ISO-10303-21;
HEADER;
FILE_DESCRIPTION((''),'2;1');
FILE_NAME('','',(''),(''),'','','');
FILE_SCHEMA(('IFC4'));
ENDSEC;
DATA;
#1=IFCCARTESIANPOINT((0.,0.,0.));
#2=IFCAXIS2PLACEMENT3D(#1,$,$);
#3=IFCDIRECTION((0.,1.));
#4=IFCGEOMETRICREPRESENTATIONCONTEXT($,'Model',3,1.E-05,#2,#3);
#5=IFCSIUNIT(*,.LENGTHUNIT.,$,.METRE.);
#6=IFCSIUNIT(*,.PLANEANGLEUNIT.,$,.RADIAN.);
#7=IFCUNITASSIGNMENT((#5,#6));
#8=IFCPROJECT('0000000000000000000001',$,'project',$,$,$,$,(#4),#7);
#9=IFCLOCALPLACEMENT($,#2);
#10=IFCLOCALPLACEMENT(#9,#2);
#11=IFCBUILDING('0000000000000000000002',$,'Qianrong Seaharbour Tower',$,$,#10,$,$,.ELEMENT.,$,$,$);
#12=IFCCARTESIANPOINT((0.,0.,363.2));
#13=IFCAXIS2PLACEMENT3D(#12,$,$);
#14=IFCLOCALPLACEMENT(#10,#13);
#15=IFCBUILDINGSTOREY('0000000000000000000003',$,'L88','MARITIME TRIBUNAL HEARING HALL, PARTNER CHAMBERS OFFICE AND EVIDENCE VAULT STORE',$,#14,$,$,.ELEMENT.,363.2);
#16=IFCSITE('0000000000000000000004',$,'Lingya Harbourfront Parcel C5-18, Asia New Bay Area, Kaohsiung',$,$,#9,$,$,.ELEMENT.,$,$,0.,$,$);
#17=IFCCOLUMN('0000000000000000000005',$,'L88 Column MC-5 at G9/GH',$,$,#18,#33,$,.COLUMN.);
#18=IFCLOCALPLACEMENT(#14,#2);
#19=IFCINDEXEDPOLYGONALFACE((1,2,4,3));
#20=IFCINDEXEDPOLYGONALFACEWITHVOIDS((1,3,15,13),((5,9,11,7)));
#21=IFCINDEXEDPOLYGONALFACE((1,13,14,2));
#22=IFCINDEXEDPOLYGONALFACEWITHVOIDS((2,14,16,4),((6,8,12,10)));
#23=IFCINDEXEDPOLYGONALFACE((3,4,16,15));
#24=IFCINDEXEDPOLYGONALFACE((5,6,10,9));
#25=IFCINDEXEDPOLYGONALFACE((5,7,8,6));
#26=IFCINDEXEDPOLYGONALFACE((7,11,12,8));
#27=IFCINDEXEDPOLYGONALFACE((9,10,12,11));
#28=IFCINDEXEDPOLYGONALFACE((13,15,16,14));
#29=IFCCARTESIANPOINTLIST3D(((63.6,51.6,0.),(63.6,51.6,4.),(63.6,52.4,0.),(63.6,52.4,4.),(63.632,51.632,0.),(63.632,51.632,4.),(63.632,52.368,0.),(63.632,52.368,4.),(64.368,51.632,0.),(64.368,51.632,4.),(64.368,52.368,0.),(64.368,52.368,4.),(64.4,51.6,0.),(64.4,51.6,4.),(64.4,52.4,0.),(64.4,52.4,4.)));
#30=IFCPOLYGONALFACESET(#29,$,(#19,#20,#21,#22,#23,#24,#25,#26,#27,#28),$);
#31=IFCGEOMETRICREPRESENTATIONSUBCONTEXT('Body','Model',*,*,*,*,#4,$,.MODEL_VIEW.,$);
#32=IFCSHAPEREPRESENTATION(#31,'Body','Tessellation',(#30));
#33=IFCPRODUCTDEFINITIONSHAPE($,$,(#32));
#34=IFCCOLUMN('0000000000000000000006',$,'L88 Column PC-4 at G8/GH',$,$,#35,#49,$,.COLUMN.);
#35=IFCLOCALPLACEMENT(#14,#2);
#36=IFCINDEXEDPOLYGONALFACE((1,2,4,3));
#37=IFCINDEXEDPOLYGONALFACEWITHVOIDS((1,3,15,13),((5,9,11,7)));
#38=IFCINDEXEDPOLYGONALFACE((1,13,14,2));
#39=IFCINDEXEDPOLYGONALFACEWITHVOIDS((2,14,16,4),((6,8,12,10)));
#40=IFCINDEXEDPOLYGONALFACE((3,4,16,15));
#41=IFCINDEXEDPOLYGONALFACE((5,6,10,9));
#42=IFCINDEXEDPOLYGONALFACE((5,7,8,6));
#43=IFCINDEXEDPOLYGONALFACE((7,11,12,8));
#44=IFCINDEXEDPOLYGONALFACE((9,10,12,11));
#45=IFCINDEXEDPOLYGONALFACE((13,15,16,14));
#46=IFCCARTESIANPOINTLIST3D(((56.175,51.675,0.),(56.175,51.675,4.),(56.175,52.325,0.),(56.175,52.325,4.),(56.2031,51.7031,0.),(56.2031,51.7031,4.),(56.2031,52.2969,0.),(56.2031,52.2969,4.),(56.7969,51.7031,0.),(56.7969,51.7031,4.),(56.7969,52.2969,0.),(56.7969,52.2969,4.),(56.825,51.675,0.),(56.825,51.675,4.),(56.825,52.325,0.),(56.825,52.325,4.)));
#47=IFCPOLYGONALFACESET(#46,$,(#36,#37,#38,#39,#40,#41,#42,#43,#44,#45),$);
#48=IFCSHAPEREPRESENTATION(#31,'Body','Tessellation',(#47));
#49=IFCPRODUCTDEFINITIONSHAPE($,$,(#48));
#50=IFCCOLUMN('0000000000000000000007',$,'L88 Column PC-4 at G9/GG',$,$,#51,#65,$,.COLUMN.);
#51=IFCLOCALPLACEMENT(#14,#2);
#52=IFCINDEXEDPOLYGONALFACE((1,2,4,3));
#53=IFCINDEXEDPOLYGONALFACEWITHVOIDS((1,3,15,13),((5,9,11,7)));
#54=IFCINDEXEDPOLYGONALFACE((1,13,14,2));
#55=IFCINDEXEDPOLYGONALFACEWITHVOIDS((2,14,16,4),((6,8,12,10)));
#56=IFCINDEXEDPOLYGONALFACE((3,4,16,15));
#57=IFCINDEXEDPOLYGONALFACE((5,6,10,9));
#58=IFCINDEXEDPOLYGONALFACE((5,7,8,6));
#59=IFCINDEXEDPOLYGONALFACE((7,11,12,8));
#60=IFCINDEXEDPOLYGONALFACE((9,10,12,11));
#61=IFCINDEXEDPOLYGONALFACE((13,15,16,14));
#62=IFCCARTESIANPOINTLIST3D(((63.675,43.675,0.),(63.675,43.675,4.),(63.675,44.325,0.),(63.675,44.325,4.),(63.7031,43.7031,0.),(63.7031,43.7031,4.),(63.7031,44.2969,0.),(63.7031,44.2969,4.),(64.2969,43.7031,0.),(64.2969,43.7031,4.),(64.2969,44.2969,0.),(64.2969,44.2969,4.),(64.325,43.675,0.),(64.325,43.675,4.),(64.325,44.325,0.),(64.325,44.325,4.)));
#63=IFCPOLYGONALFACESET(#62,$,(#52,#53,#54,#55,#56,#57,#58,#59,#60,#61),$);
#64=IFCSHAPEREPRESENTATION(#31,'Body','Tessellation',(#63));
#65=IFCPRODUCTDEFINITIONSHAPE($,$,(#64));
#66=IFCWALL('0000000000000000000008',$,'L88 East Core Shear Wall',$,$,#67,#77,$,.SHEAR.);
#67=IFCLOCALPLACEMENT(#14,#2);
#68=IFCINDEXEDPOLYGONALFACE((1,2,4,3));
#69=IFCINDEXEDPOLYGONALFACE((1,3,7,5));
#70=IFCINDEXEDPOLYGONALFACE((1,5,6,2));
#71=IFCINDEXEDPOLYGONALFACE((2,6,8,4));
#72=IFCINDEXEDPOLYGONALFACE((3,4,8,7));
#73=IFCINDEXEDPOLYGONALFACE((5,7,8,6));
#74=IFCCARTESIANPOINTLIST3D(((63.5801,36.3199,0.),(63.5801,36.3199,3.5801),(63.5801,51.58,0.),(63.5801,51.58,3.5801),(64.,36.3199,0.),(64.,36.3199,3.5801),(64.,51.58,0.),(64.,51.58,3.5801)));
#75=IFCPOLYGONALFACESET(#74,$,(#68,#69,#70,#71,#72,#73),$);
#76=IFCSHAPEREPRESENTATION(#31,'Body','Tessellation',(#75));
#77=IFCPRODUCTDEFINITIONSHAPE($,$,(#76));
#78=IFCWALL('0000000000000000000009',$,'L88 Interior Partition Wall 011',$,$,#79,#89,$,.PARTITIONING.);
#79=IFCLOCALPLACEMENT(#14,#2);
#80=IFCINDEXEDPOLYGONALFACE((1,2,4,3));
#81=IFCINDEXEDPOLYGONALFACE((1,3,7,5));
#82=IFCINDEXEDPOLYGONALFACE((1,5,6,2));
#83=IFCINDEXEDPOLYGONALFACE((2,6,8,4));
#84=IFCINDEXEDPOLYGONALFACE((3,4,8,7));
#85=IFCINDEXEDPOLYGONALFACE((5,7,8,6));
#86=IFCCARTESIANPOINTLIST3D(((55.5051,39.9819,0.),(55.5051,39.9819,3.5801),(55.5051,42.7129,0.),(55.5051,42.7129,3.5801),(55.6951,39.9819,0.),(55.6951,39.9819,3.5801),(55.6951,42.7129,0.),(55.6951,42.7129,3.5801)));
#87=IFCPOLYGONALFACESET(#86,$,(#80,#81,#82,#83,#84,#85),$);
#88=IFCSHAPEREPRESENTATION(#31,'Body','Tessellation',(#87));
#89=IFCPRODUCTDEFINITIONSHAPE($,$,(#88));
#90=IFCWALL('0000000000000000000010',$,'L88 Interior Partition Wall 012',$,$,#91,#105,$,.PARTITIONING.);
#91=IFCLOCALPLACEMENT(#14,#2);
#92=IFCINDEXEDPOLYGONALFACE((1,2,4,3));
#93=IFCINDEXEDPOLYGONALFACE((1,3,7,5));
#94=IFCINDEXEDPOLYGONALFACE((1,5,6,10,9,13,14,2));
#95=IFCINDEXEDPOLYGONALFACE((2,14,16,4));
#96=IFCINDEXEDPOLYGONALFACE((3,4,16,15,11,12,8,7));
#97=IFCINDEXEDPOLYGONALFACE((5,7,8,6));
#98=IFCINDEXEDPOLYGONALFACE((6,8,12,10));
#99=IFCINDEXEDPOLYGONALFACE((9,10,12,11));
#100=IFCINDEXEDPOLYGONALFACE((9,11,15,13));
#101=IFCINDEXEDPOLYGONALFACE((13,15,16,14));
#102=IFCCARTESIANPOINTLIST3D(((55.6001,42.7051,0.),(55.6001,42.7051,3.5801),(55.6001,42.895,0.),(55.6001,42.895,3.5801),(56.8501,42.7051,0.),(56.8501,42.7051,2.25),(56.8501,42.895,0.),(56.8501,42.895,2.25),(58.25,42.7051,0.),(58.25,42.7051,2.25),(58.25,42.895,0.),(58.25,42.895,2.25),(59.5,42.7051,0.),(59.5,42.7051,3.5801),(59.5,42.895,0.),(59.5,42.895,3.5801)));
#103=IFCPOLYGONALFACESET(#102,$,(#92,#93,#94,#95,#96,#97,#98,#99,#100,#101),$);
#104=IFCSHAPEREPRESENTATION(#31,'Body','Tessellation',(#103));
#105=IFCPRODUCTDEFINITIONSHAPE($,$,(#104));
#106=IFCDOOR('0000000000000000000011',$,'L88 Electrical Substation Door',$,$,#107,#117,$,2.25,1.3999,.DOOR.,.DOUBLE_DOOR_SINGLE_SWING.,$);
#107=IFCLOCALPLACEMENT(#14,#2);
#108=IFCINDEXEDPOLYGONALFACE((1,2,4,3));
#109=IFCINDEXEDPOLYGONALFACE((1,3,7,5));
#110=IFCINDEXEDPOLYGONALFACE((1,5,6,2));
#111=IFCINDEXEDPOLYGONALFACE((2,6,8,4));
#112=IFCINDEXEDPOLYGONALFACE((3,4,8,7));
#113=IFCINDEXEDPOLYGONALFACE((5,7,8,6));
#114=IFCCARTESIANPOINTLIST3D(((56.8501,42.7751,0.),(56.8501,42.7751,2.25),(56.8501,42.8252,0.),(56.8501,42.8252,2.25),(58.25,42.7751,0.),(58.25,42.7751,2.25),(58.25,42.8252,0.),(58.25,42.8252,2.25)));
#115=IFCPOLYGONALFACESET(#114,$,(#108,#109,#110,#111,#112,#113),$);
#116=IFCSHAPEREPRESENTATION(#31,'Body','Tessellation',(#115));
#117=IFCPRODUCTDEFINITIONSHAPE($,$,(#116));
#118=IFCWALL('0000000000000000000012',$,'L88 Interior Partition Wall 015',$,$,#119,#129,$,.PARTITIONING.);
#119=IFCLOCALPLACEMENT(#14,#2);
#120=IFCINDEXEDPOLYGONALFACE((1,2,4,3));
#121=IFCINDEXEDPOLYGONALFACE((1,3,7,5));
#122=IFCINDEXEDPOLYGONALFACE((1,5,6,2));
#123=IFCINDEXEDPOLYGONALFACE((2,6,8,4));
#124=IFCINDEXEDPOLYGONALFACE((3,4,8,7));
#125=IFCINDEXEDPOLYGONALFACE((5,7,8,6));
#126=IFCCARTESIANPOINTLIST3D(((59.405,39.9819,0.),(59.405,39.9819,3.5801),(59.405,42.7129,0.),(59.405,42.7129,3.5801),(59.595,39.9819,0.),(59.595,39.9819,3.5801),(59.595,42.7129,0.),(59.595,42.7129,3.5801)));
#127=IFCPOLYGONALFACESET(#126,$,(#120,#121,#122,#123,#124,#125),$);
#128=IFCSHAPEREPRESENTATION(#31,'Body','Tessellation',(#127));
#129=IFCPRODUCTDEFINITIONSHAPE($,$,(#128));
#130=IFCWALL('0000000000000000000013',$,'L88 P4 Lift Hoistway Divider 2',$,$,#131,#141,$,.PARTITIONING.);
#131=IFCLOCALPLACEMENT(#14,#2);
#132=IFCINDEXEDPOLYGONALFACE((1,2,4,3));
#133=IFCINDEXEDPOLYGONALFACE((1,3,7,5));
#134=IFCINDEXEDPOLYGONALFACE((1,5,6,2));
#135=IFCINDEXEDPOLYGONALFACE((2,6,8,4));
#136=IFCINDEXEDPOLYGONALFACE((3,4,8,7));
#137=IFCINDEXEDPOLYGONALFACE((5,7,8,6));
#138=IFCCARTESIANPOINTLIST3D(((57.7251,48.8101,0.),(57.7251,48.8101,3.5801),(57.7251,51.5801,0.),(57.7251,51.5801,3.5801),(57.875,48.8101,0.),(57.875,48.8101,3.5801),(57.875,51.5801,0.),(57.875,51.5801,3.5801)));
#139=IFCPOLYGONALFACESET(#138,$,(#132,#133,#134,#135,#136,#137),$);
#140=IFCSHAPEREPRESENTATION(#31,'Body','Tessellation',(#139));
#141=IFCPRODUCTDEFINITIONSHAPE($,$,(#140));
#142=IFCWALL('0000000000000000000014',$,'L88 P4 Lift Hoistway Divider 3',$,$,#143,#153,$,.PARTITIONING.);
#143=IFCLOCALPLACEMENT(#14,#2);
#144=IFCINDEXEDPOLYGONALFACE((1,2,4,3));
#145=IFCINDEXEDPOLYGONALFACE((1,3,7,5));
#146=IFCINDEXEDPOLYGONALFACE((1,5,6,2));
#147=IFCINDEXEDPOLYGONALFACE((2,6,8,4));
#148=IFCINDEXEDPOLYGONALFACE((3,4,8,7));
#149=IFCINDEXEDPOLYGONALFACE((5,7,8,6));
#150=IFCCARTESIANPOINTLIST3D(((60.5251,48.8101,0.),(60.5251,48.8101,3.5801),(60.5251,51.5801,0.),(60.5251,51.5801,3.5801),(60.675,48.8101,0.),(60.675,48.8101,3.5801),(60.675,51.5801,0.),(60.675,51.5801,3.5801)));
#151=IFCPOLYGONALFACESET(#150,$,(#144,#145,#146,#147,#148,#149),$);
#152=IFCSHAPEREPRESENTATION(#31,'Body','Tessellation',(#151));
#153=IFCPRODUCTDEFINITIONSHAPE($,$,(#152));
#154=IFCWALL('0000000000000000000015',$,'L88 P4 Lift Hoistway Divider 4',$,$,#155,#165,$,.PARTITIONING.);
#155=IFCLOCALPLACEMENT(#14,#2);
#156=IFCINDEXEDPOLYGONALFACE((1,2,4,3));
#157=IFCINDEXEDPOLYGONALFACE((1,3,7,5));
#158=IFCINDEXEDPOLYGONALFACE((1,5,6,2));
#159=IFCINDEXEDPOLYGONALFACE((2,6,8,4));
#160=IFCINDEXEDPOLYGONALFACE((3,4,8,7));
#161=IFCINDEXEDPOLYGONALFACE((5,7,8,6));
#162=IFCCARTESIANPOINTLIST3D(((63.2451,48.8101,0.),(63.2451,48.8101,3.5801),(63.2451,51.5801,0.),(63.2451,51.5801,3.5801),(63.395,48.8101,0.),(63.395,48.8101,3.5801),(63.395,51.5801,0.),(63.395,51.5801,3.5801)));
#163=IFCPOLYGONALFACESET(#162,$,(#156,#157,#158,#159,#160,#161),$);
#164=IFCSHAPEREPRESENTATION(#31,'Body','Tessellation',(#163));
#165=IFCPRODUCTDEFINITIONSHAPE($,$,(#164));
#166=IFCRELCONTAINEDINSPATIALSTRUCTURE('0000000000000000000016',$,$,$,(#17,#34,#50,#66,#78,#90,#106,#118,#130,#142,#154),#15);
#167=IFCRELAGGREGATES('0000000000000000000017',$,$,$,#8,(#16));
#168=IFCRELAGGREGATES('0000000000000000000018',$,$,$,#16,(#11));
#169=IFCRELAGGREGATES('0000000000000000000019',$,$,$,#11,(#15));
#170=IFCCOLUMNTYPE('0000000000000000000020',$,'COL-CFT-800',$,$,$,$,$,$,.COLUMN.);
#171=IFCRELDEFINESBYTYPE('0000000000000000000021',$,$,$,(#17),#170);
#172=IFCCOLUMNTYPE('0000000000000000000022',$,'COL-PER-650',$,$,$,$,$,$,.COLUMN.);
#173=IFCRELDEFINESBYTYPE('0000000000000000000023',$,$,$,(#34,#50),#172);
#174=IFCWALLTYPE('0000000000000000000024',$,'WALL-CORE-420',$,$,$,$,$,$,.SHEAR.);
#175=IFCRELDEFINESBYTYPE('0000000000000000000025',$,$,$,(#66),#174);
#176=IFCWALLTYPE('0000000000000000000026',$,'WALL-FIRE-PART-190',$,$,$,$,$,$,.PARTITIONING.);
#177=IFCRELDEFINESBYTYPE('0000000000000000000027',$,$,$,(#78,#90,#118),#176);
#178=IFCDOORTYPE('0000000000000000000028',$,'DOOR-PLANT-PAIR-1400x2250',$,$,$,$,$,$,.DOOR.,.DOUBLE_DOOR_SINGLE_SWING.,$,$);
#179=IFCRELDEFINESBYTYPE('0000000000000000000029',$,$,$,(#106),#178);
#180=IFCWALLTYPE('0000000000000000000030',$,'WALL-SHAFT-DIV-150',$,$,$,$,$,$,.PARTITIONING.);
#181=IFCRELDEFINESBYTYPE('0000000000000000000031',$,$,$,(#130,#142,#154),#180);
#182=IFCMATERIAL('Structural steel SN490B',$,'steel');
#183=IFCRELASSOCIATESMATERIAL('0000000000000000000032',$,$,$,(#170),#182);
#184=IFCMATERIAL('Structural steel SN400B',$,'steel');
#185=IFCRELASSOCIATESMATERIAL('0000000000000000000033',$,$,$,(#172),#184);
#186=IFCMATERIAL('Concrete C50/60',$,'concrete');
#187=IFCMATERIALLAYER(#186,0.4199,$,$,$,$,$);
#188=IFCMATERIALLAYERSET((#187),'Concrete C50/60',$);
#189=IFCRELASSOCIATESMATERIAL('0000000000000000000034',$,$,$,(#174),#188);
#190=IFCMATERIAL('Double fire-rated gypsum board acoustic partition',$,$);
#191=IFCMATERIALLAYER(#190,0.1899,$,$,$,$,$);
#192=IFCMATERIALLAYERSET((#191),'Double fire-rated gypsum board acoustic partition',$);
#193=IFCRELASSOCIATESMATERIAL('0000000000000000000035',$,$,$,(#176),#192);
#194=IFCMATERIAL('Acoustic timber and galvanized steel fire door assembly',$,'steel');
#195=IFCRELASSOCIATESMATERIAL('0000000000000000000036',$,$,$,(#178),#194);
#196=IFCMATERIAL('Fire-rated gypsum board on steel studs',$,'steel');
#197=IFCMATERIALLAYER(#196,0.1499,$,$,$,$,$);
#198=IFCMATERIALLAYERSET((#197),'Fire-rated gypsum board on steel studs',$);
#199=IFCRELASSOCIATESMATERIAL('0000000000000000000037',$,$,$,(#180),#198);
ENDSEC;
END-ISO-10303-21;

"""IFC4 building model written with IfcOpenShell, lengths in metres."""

from ifc_helpers import new_model, si_unit, direction, frame, frame_2d, origin, origin_2d, place, context, subcontext, project, spatial, rectangle, hollow_rectangle, extrude, material, layer, layer_set, material_profile, profile_set, type_object, element, fill, save


model = new_model("IFC4")

# Units and contexts
model_context = context("Model", 3, precision=1e-05, world=origin(), true_north=direction((0.0, 1.0)))
body_context = subcontext(model_context, "Body", "Model", "MODEL_VIEW")
ifc_project = project(units=[si_unit("LENGTHUNIT", "METRE"), si_unit("PLANEANGLEUNIT", "RADIAN")], contexts=[model_context])

# Site, building, storey
site_placement = place(None, origin())
site = spatial("IfcSite", under=ifc_project, at=site_placement, Name="Lingya Harbourfront Parcel C5-18, Asia New Bay Area, Kaohsiung", CompositionType="ELEMENT", RefElevation=0.0)
building_placement = place(site_placement, origin())
building = spatial("IfcBuilding", under=site, at=building_placement, Name="Qianrong Seaharbour Tower", CompositionType="ELEMENT")
storey_placement = place(building_placement, frame((0.0, 0.0, 363.2)))
storey = spatial("IfcBuildingStorey", under=building, at=storey_placement, Name="L88", Description="MARITIME TRIBUNAL HEARING HALL, PARTNER CHAMBERS OFFICE AND EVIDENCE VAULT STORE", CompositionType="ELEMENT", Elevation=363.2)

# Columns
ifc_material_1 = material(Name="Structural steel SN490B", Category="steel")
ifc_material_profile_1 = material_profile(ifc_material_1, hollow_rectangle(XDim=0.8, YDim=0.8, WallThickness=0.032, at=origin_2d()), Name="BOX800x800x32")
ifc_profile_set_1 = profile_set([ifc_material_profile_1], Name="Structural steel SN490B")
column_type_1 = type_object("IfcColumnType", Name="COL-CFT-800", PredefinedType="COLUMN", material=ifc_profile_set_1)
column_placement = place(storey_placement, frame((64.0, 52.0, 0.0), z_axis=(0.0, 0.0, 1.0), x_axis=(1.0, 0.0, 0.0)))
element("IfcColumn", 1, at=column_placement, inside=storey, type_object=column_type_1, Name="L88 Column MC-5 at G9/GH", PredefinedType="COLUMN", context=body_context, shape_type="SweptSolid", body=[
    extrude(hollow_rectangle(XDim=0.8, YDim=0.8, WallThickness=0.032, at=origin_2d()), origin(), (0.0, 0.0, 1.0), 4.0),
])
ifc_material_2 = material(Name="Structural steel SN400B", Category="steel")
ifc_material_profile_2 = material_profile(ifc_material_2, hollow_rectangle(XDim=0.6499, YDim=0.6499, WallThickness=0.0281, at=origin_2d()), Name="BOX650x650x28")
ifc_profile_set_2 = profile_set([ifc_material_profile_2], Name="Structural steel SN400B")
column_type_2 = type_object("IfcColumnType", Name="COL-PER-650", PredefinedType="COLUMN", material=ifc_profile_set_2)
for number, where, z_axis, x_axis, name in (
    (2, (56.5, 52.0, 0.0), (0.0, 0.0, 1.0), (1.0, 0.0, 0.0), "L88 Column PC-4 at G8/GH"),
    (3, (64.0, 44.0, 0.0), (0.0, 0.0, 1.0), (1.0, 0.0, 0.0), "L88 Column PC-4 at G9/GG"),
):
    element("IfcColumn", number, at=place(storey_placement, frame(where, z_axis=z_axis, x_axis=x_axis)), inside=storey, type_object=column_type_2, Name=name, PredefinedType="COLUMN", context=body_context, shape_type="SweptSolid", body=[
        extrude(hollow_rectangle(XDim=0.6499, YDim=0.6499, WallThickness=0.0281, at=origin_2d()), origin(), (0.0, 0.0, 1.0), 4.0),
    ])

# Wall
ifc_material_3 = material(Name="Concrete C50/60", Category="concrete")
ifc_layer_1 = layer(ifc_material_3, 0.4199)
ifc_layer_set_1 = layer_set([ifc_layer_1], Name="Concrete C50/60")
wall_type_1 = type_object("IfcWallType", Name="WALL-CORE-420", PredefinedType="SHEAR", material=ifc_layer_set_1)
wall_1_placement = place(storey_placement, frame((63.79, 36.3201, 0.0), z_axis=(0.0, 0.0, 1.0), x_axis=(0.0, 1.0, 0.0)))
element("IfcWall", 4, at=wall_1_placement, inside=storey, type_object=wall_type_1, Name="L88 East Core Shear Wall", PredefinedType="SHEAR", context=body_context, shape_type="SweptSolid", body=[
    extrude(rectangle(XDim=15.26, YDim=0.4199, at=frame_2d((7.6299, 0.0))), origin(), (0.0, 0.0, 1.0), 3.5801),
])

# Shared definitions
ifc_material_4 = material(Name="Acoustic timber and galvanized steel fire door assembly", Category="steel")

# Wall
ifc_material_5 = material(Name="Double fire-rated gypsum board acoustic partition")
ifc_layer_2 = layer(ifc_material_5, 0.1899)
ifc_layer_set_2 = layer_set([ifc_layer_2], Name="Double fire-rated gypsum board acoustic partition")
wall_type_2 = type_object("IfcWallType", Name="WALL-FIRE-PART-190", PredefinedType="PARTITIONING", material=ifc_layer_set_2)
wall_2_placement = place(storey_placement, frame((55.6001, 42.7129, 0.0), z_axis=(0.0, 0.0, 1.0), x_axis=(0.0, -1.0, 0.0)))
element("IfcWall", 5, at=wall_2_placement, inside=storey, type_object=wall_type_2, Name="L88 Interior Partition Wall 011", PredefinedType="PARTITIONING", context=body_context, shape_type="SweptSolid", body=[
    extrude(rectangle(XDim=2.731, YDim=0.1899, at=frame_2d((1.3655, 0.0))), origin(), (0.0, 0.0, 1.0), 3.5801),
])

# Wall, opening, door
wall_3_placement = place(storey_placement, frame((59.5, 42.8, 0.0), z_axis=(0.0, 0.0, 1.0), x_axis=(-1.0, 0.0, 0.0)))
wall_3 = element("IfcWall", 6, at=wall_3_placement, inside=storey, type_object=wall_type_2, Name="L88 Interior Partition Wall 012", PredefinedType="PARTITIONING", context=body_context, shape_type="SweptSolid", body=[
    extrude(rectangle(XDim=3.8999, YDim=0.1899, at=frame_2d((1.95, 0.0))), origin(), (0.0, 0.0, 1.0), 3.5801),
])
opening_1_placement = place(wall_3_placement, frame((1.25, 0.0, 0.0)))
opening_1 = element("IfcOpeningElement", 7, at=opening_1_placement, cuts=wall_3, PredefinedType="OPENING", context=body_context, shape_type="SweptSolid", body=[
    extrude(rectangle(XDim=1.3999, YDim=2.25, at=frame_2d((0.7, 1.125))), frame((0.0, 0.105, 0.0), z_axis=(0.0, -1.0, 0.0), x_axis=(1.0, 0.0, 0.0)), (0.0, 0.0, 1.0), 0.21),
])
door_type_1 = type_object("IfcDoorType", Name="DOOR-PLANT-PAIR-1400x2250", OperationType="DOUBLE_DOOR_SINGLE_SWING", PredefinedType="DOOR", material=ifc_material_4)
door_1_placement = place(opening_1_placement, origin())
door_1 = element("IfcDoor", 8, at=door_1_placement, inside=storey, type_object=door_type_1, Name="L88 Electrical Substation Door", OperationType="DOUBLE_DOOR_SINGLE_SWING", OverallHeight=2.25, OverallWidth=1.3999, PredefinedType="DOOR", context=body_context, shape_type="SweptSolid", body=[
    extrude(rectangle(XDim=1.3999, YDim=2.25, at=frame_2d((0.7, 1.125))), frame((0.0, 0.0249, 0.0), z_axis=(0.0, -1.0, 0.0), x_axis=(1.0, 0.0, 0.0)), (0.0, 0.0, 1.0), 0.05),
])
fill(opening_1, door_1)

# Walls
wall_4_placement = place(storey_placement, frame((59.5, 42.7129, 0.0), z_axis=(0.0, 0.0, 1.0), x_axis=(0.0, -1.0, 0.0)))
element("IfcWall", 9, at=wall_4_placement, inside=storey, type_object=wall_type_2, Name="L88 Interior Partition Wall 015", PredefinedType="PARTITIONING", context=body_context, shape_type="SweptSolid", body=[
    extrude(rectangle(XDim=2.731, YDim=0.1899, at=frame_2d((1.3655, 0.0))), origin(), (0.0, 0.0, 1.0), 3.5801),
])
ifc_material_6 = material(Name="Fire-rated gypsum board on steel studs", Category="steel")
ifc_layer_3 = layer(ifc_material_6, 0.1499)
ifc_layer_set_3 = layer_set([ifc_layer_3], Name="Fire-rated gypsum board on steel studs")
wall_type_3 = type_object("IfcWallType", Name="WALL-SHAFT-DIV-150", PredefinedType="PARTITIONING", material=ifc_layer_set_3)
for number, where, z_axis, x_axis, name in (
    (10, (57.8, 48.8101, 0.0), (0.0, 0.0, 1.0), (0.0, 1.0, 0.0), "L88 P4 Lift Hoistway Divider 2"),
    (11, (60.6001, 48.8101, 0.0), (0.0, 0.0, 1.0), (0.0, 1.0, 0.0), "L88 P4 Lift Hoistway Divider 3"),
    (12, (63.3201, 48.8101, 0.0), (0.0, 0.0, 1.0), (0.0, 1.0, 0.0), "L88 P4 Lift Hoistway Divider 4"),
):
    element("IfcWall", number, at=place(storey_placement, frame(where, z_axis=z_axis, x_axis=x_axis)), inside=storey, type_object=wall_type_3, Name=name, PredefinedType="PARTITIONING", context=body_context, shape_type="SweptSolid", body=[
        extrude(rectangle(XDim=2.77, YDim=0.1499, at=frame_2d((1.385, 0.0))), origin(), (0.0, 0.0, 1.0), 3.5801),
    ])

save(model, "model.ifc")
